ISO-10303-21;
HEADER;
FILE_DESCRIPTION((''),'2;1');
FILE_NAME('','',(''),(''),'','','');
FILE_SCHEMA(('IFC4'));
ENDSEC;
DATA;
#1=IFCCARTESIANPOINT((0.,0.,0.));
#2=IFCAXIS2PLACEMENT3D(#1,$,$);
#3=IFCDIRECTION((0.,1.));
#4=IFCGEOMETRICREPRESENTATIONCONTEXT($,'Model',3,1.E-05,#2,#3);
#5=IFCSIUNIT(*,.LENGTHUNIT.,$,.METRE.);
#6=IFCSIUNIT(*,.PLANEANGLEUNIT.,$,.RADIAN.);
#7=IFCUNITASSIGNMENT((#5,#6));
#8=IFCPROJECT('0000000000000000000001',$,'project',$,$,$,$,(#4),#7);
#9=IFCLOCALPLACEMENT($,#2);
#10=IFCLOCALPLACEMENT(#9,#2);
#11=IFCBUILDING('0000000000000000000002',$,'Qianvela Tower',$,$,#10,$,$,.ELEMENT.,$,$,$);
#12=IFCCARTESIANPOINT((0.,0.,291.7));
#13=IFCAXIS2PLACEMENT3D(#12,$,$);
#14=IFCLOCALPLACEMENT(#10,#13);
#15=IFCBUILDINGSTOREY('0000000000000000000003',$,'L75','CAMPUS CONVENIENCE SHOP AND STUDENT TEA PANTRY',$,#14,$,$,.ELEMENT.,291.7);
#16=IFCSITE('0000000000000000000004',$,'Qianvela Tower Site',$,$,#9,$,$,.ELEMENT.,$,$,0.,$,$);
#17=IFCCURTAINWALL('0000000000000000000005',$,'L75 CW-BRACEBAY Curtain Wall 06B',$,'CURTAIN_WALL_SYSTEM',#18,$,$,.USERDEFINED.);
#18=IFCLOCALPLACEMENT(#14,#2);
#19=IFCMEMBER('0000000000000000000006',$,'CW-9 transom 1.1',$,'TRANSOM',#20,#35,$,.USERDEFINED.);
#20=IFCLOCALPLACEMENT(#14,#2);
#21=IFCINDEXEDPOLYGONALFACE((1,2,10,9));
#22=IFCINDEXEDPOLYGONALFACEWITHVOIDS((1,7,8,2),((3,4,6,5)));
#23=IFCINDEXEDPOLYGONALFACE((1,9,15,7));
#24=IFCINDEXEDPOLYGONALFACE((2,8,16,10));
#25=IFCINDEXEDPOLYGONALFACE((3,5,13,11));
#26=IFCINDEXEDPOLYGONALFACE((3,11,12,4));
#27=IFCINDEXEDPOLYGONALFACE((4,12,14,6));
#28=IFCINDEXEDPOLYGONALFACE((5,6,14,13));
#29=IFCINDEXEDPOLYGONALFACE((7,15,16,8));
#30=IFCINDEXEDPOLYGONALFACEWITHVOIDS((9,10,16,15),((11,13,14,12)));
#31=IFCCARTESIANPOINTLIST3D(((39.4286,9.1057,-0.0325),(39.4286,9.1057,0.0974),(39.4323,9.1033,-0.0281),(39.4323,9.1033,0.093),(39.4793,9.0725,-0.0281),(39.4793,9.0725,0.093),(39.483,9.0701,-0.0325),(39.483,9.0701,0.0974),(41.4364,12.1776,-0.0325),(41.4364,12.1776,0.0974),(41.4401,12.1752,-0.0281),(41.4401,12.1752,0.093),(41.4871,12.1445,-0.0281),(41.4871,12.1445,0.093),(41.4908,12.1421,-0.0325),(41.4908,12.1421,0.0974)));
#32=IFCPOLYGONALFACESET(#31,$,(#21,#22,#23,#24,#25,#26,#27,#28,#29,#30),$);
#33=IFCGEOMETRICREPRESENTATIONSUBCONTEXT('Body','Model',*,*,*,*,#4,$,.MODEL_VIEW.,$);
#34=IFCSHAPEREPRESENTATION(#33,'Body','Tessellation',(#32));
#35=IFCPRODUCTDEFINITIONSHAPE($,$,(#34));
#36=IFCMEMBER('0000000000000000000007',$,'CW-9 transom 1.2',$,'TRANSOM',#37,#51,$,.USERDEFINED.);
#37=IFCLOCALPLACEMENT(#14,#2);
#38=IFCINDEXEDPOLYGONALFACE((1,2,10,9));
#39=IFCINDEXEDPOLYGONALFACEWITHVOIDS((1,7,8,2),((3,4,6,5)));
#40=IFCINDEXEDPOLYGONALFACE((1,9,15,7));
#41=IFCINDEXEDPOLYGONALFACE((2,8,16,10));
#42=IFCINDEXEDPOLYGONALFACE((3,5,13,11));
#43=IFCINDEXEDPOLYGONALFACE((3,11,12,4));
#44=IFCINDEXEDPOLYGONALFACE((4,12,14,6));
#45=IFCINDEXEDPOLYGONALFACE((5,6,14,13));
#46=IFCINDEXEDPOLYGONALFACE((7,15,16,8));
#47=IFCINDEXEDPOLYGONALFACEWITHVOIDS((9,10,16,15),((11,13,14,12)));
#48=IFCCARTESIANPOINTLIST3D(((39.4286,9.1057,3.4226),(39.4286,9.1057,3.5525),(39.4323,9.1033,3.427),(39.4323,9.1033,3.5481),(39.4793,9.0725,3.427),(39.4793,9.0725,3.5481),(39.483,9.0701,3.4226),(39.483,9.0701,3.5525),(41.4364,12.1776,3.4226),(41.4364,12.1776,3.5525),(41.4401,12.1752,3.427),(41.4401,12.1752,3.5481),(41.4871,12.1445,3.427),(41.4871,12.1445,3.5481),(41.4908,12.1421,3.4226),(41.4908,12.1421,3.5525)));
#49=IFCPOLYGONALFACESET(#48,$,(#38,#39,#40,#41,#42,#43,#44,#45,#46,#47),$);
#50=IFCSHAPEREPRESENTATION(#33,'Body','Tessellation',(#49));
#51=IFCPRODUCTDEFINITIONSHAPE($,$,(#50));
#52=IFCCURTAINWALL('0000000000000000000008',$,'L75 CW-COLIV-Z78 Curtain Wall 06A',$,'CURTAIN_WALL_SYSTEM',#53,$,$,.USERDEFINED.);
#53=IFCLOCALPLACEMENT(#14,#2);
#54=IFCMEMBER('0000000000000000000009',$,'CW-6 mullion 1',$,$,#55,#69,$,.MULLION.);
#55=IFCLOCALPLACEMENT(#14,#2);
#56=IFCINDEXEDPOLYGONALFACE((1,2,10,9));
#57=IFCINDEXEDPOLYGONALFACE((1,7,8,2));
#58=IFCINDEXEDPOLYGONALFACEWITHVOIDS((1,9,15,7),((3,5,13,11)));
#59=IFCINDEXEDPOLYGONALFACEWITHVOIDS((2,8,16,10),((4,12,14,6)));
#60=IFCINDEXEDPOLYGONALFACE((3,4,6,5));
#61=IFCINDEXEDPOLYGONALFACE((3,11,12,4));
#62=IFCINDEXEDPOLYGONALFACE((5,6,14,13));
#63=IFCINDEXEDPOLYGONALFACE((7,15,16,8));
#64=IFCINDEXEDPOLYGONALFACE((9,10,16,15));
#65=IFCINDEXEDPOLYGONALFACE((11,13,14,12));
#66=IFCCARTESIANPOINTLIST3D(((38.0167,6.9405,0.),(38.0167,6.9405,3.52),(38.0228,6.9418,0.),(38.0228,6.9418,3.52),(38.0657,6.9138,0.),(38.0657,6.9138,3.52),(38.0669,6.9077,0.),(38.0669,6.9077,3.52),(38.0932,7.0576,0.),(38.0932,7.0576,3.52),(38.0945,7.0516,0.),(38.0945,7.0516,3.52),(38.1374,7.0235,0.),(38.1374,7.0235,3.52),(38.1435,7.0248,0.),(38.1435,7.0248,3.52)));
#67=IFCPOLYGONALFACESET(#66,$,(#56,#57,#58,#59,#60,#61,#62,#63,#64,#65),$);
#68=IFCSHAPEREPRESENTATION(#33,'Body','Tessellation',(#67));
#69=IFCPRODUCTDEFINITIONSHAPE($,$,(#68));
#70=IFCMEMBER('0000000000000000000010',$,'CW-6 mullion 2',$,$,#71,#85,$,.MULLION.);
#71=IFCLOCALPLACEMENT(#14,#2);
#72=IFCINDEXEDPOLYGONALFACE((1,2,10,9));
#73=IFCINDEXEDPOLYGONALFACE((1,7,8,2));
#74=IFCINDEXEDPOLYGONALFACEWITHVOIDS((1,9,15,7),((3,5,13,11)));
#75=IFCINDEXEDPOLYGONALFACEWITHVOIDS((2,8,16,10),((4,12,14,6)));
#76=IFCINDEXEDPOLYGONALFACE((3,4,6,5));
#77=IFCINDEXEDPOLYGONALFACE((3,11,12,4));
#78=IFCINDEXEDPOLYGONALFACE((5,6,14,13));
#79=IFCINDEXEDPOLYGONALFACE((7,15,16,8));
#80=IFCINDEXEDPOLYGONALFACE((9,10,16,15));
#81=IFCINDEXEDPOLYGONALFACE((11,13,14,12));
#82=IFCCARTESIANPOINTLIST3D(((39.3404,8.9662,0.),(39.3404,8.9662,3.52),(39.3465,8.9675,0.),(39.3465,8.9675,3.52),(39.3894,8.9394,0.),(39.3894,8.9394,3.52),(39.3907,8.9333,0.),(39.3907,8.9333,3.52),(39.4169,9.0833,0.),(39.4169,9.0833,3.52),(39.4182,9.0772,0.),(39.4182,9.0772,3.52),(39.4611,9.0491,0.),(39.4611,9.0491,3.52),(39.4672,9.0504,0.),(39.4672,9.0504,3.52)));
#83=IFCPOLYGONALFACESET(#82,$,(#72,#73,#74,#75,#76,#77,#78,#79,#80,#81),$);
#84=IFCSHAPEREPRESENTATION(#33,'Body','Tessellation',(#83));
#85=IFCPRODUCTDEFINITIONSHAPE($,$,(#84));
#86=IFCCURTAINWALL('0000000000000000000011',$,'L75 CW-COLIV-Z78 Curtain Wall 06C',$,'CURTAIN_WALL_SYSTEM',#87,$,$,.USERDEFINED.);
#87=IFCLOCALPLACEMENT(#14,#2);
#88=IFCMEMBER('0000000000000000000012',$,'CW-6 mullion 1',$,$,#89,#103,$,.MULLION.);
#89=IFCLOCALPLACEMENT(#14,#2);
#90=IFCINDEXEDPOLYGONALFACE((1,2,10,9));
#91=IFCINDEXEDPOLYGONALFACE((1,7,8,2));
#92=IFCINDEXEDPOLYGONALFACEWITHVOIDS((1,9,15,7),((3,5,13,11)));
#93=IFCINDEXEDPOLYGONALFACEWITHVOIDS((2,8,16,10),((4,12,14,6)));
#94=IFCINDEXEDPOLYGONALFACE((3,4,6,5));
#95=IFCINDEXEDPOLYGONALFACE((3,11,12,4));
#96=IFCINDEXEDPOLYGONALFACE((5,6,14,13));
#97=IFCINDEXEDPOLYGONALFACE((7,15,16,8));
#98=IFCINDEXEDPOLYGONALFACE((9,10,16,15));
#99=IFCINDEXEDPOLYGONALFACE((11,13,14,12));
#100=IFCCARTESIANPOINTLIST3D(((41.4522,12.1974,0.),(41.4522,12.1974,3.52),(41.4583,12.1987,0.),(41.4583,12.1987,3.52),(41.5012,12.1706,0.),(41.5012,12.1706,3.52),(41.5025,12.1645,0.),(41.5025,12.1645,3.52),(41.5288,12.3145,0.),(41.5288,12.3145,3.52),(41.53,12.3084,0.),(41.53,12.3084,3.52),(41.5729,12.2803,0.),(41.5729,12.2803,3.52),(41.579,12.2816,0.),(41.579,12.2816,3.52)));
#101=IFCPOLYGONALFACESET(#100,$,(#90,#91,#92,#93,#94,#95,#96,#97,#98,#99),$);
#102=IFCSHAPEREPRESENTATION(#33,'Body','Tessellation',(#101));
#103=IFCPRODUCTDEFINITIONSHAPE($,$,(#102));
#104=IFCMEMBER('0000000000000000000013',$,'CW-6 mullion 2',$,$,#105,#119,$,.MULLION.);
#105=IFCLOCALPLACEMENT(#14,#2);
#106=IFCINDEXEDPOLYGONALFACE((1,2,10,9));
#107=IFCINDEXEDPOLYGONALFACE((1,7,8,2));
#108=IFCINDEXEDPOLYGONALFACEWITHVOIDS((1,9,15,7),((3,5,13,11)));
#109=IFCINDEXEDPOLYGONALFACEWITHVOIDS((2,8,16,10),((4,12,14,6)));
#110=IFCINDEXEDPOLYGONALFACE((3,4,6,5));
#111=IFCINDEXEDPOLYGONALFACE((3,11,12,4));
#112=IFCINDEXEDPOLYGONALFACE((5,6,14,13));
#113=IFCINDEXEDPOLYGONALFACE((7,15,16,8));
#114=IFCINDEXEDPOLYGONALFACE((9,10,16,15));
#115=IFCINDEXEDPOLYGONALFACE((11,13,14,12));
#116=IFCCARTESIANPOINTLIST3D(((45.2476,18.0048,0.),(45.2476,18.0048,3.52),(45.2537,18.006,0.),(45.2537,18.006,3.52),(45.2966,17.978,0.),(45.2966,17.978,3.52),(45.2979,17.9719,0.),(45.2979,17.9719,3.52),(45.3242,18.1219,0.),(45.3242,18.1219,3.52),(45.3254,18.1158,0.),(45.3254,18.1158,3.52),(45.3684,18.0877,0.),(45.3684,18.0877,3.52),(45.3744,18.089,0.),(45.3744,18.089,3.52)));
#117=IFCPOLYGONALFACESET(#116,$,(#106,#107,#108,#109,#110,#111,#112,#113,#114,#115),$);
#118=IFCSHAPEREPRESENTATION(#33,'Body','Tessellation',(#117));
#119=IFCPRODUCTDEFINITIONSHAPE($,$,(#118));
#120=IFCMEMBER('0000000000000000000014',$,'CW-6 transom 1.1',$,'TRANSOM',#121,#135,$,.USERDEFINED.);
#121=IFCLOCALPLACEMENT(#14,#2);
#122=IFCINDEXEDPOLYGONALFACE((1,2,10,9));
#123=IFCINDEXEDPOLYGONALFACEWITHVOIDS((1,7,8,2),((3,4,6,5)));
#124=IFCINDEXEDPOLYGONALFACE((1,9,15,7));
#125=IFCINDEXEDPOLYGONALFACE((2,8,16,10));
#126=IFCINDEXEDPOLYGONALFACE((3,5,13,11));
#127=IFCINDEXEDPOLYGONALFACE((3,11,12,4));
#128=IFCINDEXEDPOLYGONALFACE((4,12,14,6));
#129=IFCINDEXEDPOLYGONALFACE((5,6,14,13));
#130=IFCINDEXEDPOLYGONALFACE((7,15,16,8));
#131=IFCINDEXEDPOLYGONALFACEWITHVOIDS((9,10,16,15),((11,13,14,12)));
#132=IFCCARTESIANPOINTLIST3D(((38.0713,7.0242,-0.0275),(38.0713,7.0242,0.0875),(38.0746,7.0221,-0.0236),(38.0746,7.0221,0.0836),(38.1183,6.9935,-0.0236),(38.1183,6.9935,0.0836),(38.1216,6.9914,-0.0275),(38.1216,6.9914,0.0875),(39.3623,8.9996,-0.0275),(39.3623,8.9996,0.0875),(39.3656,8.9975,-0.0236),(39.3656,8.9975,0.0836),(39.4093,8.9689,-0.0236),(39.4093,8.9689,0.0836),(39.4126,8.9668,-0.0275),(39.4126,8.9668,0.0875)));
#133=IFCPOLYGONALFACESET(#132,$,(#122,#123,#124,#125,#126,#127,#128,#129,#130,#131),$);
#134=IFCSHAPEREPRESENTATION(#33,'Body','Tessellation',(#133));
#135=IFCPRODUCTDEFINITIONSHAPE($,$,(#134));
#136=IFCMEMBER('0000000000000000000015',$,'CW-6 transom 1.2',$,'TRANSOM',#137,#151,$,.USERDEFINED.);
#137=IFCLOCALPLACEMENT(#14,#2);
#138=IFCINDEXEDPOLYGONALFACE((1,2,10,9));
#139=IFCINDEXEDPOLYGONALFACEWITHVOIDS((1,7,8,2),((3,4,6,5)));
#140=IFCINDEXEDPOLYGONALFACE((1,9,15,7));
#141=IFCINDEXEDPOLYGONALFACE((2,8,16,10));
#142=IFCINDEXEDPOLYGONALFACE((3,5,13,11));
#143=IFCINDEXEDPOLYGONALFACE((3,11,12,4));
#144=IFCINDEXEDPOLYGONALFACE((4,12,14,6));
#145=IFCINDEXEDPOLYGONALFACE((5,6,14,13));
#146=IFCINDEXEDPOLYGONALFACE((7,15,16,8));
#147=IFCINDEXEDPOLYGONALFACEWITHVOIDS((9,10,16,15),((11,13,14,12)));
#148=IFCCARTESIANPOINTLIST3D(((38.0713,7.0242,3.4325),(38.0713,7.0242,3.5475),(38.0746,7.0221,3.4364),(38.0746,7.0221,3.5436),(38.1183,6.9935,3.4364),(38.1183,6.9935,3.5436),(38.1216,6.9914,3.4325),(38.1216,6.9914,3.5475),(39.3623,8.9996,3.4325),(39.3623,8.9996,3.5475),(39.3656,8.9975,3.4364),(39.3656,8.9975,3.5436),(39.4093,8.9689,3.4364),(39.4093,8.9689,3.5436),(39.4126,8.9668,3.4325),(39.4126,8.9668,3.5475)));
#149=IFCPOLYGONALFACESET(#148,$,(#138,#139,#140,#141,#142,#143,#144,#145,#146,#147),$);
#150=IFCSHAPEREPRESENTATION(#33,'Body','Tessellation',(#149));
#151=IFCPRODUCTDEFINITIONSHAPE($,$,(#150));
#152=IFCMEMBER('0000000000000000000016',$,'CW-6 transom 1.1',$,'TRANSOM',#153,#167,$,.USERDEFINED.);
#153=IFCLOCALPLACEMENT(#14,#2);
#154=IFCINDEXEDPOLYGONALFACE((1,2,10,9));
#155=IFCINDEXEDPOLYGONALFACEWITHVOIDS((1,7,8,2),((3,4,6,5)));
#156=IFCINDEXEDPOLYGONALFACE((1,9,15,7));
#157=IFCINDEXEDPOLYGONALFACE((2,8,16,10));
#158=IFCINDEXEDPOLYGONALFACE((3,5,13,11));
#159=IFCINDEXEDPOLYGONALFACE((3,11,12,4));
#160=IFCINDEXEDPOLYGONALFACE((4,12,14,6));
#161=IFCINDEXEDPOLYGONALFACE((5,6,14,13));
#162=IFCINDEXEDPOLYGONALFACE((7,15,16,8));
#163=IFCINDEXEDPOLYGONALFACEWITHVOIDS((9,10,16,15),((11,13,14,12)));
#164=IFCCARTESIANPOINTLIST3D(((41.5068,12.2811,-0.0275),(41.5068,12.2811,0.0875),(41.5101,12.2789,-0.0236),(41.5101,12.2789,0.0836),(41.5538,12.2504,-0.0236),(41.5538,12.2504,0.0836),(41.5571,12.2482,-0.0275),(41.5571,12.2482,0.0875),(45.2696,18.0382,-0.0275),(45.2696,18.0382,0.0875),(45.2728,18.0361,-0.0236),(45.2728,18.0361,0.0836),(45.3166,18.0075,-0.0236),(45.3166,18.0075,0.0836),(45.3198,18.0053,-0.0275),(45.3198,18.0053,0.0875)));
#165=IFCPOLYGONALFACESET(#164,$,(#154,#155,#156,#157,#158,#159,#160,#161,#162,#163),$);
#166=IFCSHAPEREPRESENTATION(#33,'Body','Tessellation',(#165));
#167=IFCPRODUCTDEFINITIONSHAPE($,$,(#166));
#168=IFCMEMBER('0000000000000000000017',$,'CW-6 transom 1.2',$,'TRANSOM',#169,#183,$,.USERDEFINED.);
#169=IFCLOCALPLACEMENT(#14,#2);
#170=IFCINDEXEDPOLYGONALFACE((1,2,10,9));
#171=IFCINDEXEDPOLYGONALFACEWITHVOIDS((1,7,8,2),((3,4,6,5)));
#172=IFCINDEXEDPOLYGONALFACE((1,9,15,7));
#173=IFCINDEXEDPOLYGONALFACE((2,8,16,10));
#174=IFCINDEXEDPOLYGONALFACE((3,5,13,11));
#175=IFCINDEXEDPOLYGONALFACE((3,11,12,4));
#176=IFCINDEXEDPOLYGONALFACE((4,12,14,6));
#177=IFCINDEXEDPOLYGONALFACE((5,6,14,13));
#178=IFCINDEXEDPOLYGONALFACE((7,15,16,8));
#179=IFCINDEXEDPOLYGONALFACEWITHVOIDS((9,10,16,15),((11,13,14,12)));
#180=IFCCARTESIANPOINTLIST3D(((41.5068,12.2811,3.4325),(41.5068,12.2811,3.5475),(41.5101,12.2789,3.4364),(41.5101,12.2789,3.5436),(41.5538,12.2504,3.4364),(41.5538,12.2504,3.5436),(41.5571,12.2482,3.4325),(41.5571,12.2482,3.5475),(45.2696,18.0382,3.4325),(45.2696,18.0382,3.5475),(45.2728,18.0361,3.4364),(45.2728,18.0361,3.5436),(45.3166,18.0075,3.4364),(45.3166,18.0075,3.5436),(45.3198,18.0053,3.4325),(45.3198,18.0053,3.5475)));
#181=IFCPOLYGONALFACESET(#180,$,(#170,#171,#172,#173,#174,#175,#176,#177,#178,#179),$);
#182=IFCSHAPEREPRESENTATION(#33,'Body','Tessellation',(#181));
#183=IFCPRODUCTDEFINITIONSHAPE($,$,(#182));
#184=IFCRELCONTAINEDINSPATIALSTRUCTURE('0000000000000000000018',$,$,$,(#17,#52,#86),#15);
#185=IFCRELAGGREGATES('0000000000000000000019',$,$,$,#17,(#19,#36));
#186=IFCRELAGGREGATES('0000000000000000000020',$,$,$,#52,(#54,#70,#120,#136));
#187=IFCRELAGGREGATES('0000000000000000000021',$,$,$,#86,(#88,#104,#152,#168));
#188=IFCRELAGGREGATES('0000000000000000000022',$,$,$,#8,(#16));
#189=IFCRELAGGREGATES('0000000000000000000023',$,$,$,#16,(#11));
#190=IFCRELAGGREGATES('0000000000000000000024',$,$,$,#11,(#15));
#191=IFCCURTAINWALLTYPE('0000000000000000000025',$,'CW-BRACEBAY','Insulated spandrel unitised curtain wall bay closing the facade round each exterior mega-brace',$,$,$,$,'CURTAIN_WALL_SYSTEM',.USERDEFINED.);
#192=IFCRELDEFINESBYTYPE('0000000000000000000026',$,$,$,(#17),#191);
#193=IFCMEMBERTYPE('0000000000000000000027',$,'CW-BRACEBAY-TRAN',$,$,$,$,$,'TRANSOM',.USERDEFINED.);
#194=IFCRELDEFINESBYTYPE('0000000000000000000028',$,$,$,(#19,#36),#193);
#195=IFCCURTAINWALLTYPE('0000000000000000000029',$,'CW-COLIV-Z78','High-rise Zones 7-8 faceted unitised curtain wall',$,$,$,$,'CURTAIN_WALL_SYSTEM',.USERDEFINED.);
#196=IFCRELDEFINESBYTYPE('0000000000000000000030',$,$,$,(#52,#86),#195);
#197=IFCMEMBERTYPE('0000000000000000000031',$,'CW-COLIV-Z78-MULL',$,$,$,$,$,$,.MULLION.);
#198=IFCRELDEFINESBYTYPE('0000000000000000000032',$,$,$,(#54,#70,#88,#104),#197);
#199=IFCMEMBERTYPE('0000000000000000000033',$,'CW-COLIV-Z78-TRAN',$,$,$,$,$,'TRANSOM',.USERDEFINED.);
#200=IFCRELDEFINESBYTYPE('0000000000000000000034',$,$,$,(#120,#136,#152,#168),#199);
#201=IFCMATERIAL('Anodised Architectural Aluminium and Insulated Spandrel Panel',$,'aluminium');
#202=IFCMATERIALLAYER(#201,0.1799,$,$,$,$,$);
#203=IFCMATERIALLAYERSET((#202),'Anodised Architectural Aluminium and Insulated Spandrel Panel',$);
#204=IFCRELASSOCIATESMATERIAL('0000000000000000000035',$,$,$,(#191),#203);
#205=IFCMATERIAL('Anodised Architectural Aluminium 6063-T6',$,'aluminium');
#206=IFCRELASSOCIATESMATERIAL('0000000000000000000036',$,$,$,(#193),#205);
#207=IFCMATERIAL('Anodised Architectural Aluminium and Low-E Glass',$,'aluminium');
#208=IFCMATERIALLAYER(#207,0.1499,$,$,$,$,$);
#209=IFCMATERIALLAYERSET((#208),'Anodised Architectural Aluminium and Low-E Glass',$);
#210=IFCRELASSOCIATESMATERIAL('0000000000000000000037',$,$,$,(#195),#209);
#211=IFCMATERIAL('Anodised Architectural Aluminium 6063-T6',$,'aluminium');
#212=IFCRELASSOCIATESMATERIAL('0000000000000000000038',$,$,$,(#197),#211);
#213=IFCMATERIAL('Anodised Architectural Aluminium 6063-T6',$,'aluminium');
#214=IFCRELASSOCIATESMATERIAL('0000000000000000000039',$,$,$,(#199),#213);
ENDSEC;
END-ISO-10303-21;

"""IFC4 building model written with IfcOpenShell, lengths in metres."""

from ifc_helpers import new_model, si_unit, direction, frame, origin, origin_2d, place, context, subcontext, project, spatial, hollow_rectangle, extrude, material, layer, layer_set, material_profile, profile_set, type_object, element, aggregate, save


model = new_model("IFC4")

# Units and contexts
model_context = context("Model", 3, precision=1e-05, world=origin(), true_north=direction((0.0, 1.0)))
body_context = subcontext(model_context, "Body", "Model", "MODEL_VIEW")
ifc_project = project(units=[si_unit("LENGTHUNIT", "METRE"), si_unit("PLANEANGLEUNIT", "RADIAN")], contexts=[model_context])

# Site, building, storey
site_placement = place(None, origin())
site = spatial("IfcSite", under=ifc_project, at=site_placement, Name="Qianvela Tower Site", CompositionType="ELEMENT", RefElevation=0.0)
building_placement = place(site_placement, origin())
building = spatial("IfcBuilding", under=site, at=building_placement, Name="Qianvela Tower", CompositionType="ELEMENT")
storey_placement = place(building_placement, frame((0.0, 0.0, 291.7)))
storey = spatial("IfcBuildingStorey", under=building, at=storey_placement, Name="L75", Description="CAMPUS CONVENIENCE SHOP AND STUDENT TEA PANTRY", CompositionType="ELEMENT", Elevation=291.7)

# Curtain walls, members
ifc_material_1 = material(Name="Anodised Architectural Aluminium and Insulated Spandrel Panel", Category="aluminium")
ifc_layer_1 = layer(ifc_material_1, 0.1799)
ifc_layer_set_1 = layer_set([ifc_layer_1], Name="Anodised Architectural Aluminium and Insulated Spandrel Panel")
curtain_wall_type_1 = type_object("IfcCurtainWallType", Name="CW-BRACEBAY", Description="Insulated spandrel unitised curtain wall bay closing the facade round each exterior mega-brace", ElementType="CURTAIN_WALL_SYSTEM", PredefinedType="USERDEFINED", material=ifc_layer_set_1)
curtain_wall_1_placement = place(storey_placement, origin())
curtain_wall_1 = element("IfcCurtainWall", 1, at=curtain_wall_1_placement, inside=storey, type_object=curtain_wall_type_1, Name="L75 CW-BRACEBAY Curtain Wall 06B", ObjectType="CURTAIN_WALL_SYSTEM", PredefinedType="USERDEFINED")
ifc_material_2 = material(Name="Anodised Architectural Aluminium 6063-T6", Category="aluminium")
ifc_material_profile_1 = material_profile(ifc_material_2, hollow_rectangle(XDim=0.0649, YDim=0.1299, WallThickness=0.0044, at=origin_2d()), Name="ALU-TRAN-65x130")
ifc_profile_set_1 = profile_set([ifc_material_profile_1], Name="Anodised Architectural Aluminium 6063-T6")
member_type_1 = type_object("IfcMemberType", Name="CW-BRACEBAY-TRAN", ElementType="TRANSOM", PredefinedType="USERDEFINED", material=ifc_profile_set_1)
member_1_placement = place(storey_placement, frame((39.4558, 9.0879, 0.0325), z_axis=(0.547093, 0.837072, 0.0), x_axis=(-0.837072, 0.547093, 0.0)))
member_1 = element("IfcMember", 2, at=member_1_placement, type_object=member_type_1, Name="CW-9 transom 1.1", ObjectType="TRANSOM", PredefinedType="USERDEFINED", context=body_context, shape_type="SweptSolid", body=[
    extrude(hollow_rectangle(XDim=0.0649, YDim=0.1299, WallThickness=0.0044, at=origin_2d()), origin(), (0.0, 0.0, 1.0), 3.6699),
])
member_2_placement = place(storey_placement, frame((39.4558, 9.0879, 3.4875), z_axis=(0.547093, 0.837072, 0.0), x_axis=(-0.837072, 0.547093, 0.0)))
member_2 = element("IfcMember", 3, at=member_2_placement, type_object=member_type_1, Name="CW-9 transom 1.2", ObjectType="TRANSOM", PredefinedType="USERDEFINED", context=body_context, shape_type="SweptSolid", body=[
    extrude(hollow_rectangle(XDim=0.0649, YDim=0.1299, WallThickness=0.0044, at=origin_2d()), origin(), (0.0, 0.0, 1.0), 3.6699),
])
ifc_material_3 = material(Name="Anodised Architectural Aluminium and Low-E Glass", Category="aluminium")
ifc_layer_2 = layer(ifc_material_3, 0.1499)
ifc_layer_set_2 = layer_set([ifc_layer_2], Name="Anodised Architectural Aluminium and Low-E Glass")
curtain_wall_type_2 = type_object("IfcCurtainWallType", Name="CW-COLIV-Z78", Description="High-rise Zones 7-8 faceted unitised curtain wall", ElementType="CURTAIN_WALL_SYSTEM", PredefinedType="USERDEFINED", material=ifc_layer_set_2)
curtain_wall_2_placement = place(storey_placement, origin())
curtain_wall_2 = element("IfcCurtainWall", 4, at=curtain_wall_2_placement, inside=storey, type_object=curtain_wall_type_2, Name="L75 CW-COLIV-Z78 Curtain Wall 06A", ObjectType="CURTAIN_WALL_SYSTEM", PredefinedType="USERDEFINED")
ifc_material_4 = material(Name="Anodised Architectural Aluminium 6063-T6", Category="aluminium")
ifc_material_profile_2 = material_profile(ifc_material_4, hollow_rectangle(XDim=0.0601, YDim=0.1399, WallThickness=0.0044, at=origin_2d()), Name="ALU-MULL-60x140")
ifc_profile_set_2 = profile_set([ifc_material_profile_2], Name="Anodised Architectural Aluminium 6063-T6")
member_type_2 = type_object("IfcMemberType", Name="CW-COLIV-Z78-MULL", PredefinedType="MULLION", material=ifc_profile_set_2)
member_3_placement = place(storey_placement, frame((38.0801, 6.9827, 0.0), z_axis=(0.0, 0.0, 1.0), x_axis=(-0.837084, 0.547074, 0.0)))
member_3 = element("IfcMember", 5, at=member_3_placement, type_object=member_type_2, Name="CW-6 mullion 1", PredefinedType="MULLION", context=body_context, shape_type="SweptSolid", body=[
    extrude(hollow_rectangle(XDim=0.0601, YDim=0.1399, WallThickness=0.0044, at=origin_2d()), origin(), (0.0, 0.0, 1.0), 3.52),
])
member_4_placement = place(storey_placement, frame((39.4038, 9.0083, 0.0), z_axis=(0.0, 0.0, 1.0), x_axis=(-0.837084, 0.547074, 0.0)))
member_4 = element("IfcMember", 6, at=member_4_placement, type_object=member_type_2, Name="CW-6 mullion 2", PredefinedType="MULLION", context=body_context, shape_type="SweptSolid", body=[
    extrude(hollow_rectangle(XDim=0.0601, YDim=0.1399, WallThickness=0.0044, at=origin_2d()), origin(), (0.0, 0.0, 1.0), 3.52),
])
curtain_wall_3_placement = place(storey_placement, origin())
curtain_wall_3 = element("IfcCurtainWall", 7, at=curtain_wall_3_placement, inside=storey, type_object=curtain_wall_type_2, Name="L75 CW-COLIV-Z78 Curtain Wall 06C", ObjectType="CURTAIN_WALL_SYSTEM", PredefinedType="USERDEFINED")
member_5_placement = place(storey_placement, frame((41.5156, 12.2395, 0.0), z_axis=(0.0, 0.0, 1.0), x_axis=(-0.837078, 0.547084, 0.0)))
member_5 = element("IfcMember", 8, at=member_5_placement, type_object=member_type_2, Name="CW-6 mullion 1", PredefinedType="MULLION", context=body_context, shape_type="SweptSolid", body=[
    extrude(hollow_rectangle(XDim=0.0601, YDim=0.1399, WallThickness=0.0044, at=origin_2d()), origin(), (0.0, 0.0, 1.0), 3.52),
])
member_6_placement = place(storey_placement, frame((45.311, 18.0469, 0.0), z_axis=(0.0, 0.0, 1.0), x_axis=(-0.837078, 0.547084, 0.0)))
member_6 = element("IfcMember", 9, at=member_6_placement, type_object=member_type_2, Name="CW-6 mullion 2", PredefinedType="MULLION", context=body_context, shape_type="SweptSolid", body=[
    extrude(hollow_rectangle(XDim=0.0601, YDim=0.1399, WallThickness=0.0044, at=origin_2d()), origin(), (0.0, 0.0, 1.0), 3.52),
])

# Members
ifc_material_5 = material(Name="Anodised Architectural Aluminium 6063-T6", Category="aluminium")
ifc_material_profile_3 = material_profile(ifc_material_5, hollow_rectangle(XDim=0.0601, YDim=0.115, WallThickness=0.0039, at=origin_2d()), Name="ALU-TRAN-60x115")
ifc_profile_set_3 = profile_set([ifc_material_profile_3], Name="Anodised Architectural Aluminium 6063-T6")
member_type_3 = type_object("IfcMemberType", Name="CW-COLIV-Z78-TRAN", ElementType="TRANSOM", PredefinedType="USERDEFINED", material=ifc_profile_set_3)
member_7_placement = place(storey_placement, frame((38.0964, 7.0078, 0.03), z_axis=(0.547085, 0.837077, 0.0), x_axis=(-0.837077, 0.547085, 0.0)))
member_7 = element("IfcMember", 10, at=member_7_placement, type_object=member_type_3, Name="CW-6 transom 1.1", ObjectType="TRANSOM", PredefinedType="USERDEFINED", context=body_context, shape_type="SweptSolid", body=[
    extrude(hollow_rectangle(XDim=0.0601, YDim=0.115, WallThickness=0.0039, at=origin_2d()), origin(), (0.0, 0.0, 1.0), 2.3599),
])
member_8_placement = place(storey_placement, frame((38.0964, 7.0078, 3.49), z_axis=(0.547085, 0.837077, 0.0), x_axis=(-0.837077, 0.547085, 0.0)))
member_8 = element("IfcMember", 11, at=member_8_placement, type_object=member_type_3, Name="CW-6 transom 1.2", ObjectType="TRANSOM", PredefinedType="USERDEFINED", context=body_context, shape_type="SweptSolid", body=[
    extrude(hollow_rectangle(XDim=0.0601, YDim=0.115, WallThickness=0.0039, at=origin_2d()), origin(), (0.0, 0.0, 1.0), 2.3599),
])
member_9_placement = place(storey_placement, frame((41.532, 12.2646, 0.03), z_axis=(0.547092, 0.837073, 0.0), x_axis=(-0.837073, 0.547092, 0.0)))
member_9 = element("IfcMember", 12, at=member_9_placement, type_object=member_type_3, Name="CW-6 transom 1.1", ObjectType="TRANSOM", PredefinedType="USERDEFINED", context=body_context, shape_type="SweptSolid", body=[
    extrude(hollow_rectangle(XDim=0.0601, YDim=0.115, WallThickness=0.0039, at=origin_2d()), origin(), (0.0, 0.0, 1.0), 6.8777),
])
member_10_placement = place(storey_placement, frame((41.532, 12.2646, 3.49), z_axis=(0.547092, 0.837073, 0.0), x_axis=(-0.837073, 0.547092, 0.0)))
member_10 = element("IfcMember", 13, at=member_10_placement, type_object=member_type_3, Name="CW-6 transom 1.2", ObjectType="TRANSOM", PredefinedType="USERDEFINED", context=body_context, shape_type="SweptSolid", body=[
    extrude(hollow_rectangle(XDim=0.0601, YDim=0.115, WallThickness=0.0039, at=origin_2d()), origin(), (0.0, 0.0, 1.0), 6.8777),
])

aggregate(curtain_wall_1, [member_1, member_2])
aggregate(curtain_wall_2, [member_3, member_4, member_7, member_8])
aggregate(curtain_wall_3, [member_5, member_6, member_9, member_10])

save(model, "model.ifc")
